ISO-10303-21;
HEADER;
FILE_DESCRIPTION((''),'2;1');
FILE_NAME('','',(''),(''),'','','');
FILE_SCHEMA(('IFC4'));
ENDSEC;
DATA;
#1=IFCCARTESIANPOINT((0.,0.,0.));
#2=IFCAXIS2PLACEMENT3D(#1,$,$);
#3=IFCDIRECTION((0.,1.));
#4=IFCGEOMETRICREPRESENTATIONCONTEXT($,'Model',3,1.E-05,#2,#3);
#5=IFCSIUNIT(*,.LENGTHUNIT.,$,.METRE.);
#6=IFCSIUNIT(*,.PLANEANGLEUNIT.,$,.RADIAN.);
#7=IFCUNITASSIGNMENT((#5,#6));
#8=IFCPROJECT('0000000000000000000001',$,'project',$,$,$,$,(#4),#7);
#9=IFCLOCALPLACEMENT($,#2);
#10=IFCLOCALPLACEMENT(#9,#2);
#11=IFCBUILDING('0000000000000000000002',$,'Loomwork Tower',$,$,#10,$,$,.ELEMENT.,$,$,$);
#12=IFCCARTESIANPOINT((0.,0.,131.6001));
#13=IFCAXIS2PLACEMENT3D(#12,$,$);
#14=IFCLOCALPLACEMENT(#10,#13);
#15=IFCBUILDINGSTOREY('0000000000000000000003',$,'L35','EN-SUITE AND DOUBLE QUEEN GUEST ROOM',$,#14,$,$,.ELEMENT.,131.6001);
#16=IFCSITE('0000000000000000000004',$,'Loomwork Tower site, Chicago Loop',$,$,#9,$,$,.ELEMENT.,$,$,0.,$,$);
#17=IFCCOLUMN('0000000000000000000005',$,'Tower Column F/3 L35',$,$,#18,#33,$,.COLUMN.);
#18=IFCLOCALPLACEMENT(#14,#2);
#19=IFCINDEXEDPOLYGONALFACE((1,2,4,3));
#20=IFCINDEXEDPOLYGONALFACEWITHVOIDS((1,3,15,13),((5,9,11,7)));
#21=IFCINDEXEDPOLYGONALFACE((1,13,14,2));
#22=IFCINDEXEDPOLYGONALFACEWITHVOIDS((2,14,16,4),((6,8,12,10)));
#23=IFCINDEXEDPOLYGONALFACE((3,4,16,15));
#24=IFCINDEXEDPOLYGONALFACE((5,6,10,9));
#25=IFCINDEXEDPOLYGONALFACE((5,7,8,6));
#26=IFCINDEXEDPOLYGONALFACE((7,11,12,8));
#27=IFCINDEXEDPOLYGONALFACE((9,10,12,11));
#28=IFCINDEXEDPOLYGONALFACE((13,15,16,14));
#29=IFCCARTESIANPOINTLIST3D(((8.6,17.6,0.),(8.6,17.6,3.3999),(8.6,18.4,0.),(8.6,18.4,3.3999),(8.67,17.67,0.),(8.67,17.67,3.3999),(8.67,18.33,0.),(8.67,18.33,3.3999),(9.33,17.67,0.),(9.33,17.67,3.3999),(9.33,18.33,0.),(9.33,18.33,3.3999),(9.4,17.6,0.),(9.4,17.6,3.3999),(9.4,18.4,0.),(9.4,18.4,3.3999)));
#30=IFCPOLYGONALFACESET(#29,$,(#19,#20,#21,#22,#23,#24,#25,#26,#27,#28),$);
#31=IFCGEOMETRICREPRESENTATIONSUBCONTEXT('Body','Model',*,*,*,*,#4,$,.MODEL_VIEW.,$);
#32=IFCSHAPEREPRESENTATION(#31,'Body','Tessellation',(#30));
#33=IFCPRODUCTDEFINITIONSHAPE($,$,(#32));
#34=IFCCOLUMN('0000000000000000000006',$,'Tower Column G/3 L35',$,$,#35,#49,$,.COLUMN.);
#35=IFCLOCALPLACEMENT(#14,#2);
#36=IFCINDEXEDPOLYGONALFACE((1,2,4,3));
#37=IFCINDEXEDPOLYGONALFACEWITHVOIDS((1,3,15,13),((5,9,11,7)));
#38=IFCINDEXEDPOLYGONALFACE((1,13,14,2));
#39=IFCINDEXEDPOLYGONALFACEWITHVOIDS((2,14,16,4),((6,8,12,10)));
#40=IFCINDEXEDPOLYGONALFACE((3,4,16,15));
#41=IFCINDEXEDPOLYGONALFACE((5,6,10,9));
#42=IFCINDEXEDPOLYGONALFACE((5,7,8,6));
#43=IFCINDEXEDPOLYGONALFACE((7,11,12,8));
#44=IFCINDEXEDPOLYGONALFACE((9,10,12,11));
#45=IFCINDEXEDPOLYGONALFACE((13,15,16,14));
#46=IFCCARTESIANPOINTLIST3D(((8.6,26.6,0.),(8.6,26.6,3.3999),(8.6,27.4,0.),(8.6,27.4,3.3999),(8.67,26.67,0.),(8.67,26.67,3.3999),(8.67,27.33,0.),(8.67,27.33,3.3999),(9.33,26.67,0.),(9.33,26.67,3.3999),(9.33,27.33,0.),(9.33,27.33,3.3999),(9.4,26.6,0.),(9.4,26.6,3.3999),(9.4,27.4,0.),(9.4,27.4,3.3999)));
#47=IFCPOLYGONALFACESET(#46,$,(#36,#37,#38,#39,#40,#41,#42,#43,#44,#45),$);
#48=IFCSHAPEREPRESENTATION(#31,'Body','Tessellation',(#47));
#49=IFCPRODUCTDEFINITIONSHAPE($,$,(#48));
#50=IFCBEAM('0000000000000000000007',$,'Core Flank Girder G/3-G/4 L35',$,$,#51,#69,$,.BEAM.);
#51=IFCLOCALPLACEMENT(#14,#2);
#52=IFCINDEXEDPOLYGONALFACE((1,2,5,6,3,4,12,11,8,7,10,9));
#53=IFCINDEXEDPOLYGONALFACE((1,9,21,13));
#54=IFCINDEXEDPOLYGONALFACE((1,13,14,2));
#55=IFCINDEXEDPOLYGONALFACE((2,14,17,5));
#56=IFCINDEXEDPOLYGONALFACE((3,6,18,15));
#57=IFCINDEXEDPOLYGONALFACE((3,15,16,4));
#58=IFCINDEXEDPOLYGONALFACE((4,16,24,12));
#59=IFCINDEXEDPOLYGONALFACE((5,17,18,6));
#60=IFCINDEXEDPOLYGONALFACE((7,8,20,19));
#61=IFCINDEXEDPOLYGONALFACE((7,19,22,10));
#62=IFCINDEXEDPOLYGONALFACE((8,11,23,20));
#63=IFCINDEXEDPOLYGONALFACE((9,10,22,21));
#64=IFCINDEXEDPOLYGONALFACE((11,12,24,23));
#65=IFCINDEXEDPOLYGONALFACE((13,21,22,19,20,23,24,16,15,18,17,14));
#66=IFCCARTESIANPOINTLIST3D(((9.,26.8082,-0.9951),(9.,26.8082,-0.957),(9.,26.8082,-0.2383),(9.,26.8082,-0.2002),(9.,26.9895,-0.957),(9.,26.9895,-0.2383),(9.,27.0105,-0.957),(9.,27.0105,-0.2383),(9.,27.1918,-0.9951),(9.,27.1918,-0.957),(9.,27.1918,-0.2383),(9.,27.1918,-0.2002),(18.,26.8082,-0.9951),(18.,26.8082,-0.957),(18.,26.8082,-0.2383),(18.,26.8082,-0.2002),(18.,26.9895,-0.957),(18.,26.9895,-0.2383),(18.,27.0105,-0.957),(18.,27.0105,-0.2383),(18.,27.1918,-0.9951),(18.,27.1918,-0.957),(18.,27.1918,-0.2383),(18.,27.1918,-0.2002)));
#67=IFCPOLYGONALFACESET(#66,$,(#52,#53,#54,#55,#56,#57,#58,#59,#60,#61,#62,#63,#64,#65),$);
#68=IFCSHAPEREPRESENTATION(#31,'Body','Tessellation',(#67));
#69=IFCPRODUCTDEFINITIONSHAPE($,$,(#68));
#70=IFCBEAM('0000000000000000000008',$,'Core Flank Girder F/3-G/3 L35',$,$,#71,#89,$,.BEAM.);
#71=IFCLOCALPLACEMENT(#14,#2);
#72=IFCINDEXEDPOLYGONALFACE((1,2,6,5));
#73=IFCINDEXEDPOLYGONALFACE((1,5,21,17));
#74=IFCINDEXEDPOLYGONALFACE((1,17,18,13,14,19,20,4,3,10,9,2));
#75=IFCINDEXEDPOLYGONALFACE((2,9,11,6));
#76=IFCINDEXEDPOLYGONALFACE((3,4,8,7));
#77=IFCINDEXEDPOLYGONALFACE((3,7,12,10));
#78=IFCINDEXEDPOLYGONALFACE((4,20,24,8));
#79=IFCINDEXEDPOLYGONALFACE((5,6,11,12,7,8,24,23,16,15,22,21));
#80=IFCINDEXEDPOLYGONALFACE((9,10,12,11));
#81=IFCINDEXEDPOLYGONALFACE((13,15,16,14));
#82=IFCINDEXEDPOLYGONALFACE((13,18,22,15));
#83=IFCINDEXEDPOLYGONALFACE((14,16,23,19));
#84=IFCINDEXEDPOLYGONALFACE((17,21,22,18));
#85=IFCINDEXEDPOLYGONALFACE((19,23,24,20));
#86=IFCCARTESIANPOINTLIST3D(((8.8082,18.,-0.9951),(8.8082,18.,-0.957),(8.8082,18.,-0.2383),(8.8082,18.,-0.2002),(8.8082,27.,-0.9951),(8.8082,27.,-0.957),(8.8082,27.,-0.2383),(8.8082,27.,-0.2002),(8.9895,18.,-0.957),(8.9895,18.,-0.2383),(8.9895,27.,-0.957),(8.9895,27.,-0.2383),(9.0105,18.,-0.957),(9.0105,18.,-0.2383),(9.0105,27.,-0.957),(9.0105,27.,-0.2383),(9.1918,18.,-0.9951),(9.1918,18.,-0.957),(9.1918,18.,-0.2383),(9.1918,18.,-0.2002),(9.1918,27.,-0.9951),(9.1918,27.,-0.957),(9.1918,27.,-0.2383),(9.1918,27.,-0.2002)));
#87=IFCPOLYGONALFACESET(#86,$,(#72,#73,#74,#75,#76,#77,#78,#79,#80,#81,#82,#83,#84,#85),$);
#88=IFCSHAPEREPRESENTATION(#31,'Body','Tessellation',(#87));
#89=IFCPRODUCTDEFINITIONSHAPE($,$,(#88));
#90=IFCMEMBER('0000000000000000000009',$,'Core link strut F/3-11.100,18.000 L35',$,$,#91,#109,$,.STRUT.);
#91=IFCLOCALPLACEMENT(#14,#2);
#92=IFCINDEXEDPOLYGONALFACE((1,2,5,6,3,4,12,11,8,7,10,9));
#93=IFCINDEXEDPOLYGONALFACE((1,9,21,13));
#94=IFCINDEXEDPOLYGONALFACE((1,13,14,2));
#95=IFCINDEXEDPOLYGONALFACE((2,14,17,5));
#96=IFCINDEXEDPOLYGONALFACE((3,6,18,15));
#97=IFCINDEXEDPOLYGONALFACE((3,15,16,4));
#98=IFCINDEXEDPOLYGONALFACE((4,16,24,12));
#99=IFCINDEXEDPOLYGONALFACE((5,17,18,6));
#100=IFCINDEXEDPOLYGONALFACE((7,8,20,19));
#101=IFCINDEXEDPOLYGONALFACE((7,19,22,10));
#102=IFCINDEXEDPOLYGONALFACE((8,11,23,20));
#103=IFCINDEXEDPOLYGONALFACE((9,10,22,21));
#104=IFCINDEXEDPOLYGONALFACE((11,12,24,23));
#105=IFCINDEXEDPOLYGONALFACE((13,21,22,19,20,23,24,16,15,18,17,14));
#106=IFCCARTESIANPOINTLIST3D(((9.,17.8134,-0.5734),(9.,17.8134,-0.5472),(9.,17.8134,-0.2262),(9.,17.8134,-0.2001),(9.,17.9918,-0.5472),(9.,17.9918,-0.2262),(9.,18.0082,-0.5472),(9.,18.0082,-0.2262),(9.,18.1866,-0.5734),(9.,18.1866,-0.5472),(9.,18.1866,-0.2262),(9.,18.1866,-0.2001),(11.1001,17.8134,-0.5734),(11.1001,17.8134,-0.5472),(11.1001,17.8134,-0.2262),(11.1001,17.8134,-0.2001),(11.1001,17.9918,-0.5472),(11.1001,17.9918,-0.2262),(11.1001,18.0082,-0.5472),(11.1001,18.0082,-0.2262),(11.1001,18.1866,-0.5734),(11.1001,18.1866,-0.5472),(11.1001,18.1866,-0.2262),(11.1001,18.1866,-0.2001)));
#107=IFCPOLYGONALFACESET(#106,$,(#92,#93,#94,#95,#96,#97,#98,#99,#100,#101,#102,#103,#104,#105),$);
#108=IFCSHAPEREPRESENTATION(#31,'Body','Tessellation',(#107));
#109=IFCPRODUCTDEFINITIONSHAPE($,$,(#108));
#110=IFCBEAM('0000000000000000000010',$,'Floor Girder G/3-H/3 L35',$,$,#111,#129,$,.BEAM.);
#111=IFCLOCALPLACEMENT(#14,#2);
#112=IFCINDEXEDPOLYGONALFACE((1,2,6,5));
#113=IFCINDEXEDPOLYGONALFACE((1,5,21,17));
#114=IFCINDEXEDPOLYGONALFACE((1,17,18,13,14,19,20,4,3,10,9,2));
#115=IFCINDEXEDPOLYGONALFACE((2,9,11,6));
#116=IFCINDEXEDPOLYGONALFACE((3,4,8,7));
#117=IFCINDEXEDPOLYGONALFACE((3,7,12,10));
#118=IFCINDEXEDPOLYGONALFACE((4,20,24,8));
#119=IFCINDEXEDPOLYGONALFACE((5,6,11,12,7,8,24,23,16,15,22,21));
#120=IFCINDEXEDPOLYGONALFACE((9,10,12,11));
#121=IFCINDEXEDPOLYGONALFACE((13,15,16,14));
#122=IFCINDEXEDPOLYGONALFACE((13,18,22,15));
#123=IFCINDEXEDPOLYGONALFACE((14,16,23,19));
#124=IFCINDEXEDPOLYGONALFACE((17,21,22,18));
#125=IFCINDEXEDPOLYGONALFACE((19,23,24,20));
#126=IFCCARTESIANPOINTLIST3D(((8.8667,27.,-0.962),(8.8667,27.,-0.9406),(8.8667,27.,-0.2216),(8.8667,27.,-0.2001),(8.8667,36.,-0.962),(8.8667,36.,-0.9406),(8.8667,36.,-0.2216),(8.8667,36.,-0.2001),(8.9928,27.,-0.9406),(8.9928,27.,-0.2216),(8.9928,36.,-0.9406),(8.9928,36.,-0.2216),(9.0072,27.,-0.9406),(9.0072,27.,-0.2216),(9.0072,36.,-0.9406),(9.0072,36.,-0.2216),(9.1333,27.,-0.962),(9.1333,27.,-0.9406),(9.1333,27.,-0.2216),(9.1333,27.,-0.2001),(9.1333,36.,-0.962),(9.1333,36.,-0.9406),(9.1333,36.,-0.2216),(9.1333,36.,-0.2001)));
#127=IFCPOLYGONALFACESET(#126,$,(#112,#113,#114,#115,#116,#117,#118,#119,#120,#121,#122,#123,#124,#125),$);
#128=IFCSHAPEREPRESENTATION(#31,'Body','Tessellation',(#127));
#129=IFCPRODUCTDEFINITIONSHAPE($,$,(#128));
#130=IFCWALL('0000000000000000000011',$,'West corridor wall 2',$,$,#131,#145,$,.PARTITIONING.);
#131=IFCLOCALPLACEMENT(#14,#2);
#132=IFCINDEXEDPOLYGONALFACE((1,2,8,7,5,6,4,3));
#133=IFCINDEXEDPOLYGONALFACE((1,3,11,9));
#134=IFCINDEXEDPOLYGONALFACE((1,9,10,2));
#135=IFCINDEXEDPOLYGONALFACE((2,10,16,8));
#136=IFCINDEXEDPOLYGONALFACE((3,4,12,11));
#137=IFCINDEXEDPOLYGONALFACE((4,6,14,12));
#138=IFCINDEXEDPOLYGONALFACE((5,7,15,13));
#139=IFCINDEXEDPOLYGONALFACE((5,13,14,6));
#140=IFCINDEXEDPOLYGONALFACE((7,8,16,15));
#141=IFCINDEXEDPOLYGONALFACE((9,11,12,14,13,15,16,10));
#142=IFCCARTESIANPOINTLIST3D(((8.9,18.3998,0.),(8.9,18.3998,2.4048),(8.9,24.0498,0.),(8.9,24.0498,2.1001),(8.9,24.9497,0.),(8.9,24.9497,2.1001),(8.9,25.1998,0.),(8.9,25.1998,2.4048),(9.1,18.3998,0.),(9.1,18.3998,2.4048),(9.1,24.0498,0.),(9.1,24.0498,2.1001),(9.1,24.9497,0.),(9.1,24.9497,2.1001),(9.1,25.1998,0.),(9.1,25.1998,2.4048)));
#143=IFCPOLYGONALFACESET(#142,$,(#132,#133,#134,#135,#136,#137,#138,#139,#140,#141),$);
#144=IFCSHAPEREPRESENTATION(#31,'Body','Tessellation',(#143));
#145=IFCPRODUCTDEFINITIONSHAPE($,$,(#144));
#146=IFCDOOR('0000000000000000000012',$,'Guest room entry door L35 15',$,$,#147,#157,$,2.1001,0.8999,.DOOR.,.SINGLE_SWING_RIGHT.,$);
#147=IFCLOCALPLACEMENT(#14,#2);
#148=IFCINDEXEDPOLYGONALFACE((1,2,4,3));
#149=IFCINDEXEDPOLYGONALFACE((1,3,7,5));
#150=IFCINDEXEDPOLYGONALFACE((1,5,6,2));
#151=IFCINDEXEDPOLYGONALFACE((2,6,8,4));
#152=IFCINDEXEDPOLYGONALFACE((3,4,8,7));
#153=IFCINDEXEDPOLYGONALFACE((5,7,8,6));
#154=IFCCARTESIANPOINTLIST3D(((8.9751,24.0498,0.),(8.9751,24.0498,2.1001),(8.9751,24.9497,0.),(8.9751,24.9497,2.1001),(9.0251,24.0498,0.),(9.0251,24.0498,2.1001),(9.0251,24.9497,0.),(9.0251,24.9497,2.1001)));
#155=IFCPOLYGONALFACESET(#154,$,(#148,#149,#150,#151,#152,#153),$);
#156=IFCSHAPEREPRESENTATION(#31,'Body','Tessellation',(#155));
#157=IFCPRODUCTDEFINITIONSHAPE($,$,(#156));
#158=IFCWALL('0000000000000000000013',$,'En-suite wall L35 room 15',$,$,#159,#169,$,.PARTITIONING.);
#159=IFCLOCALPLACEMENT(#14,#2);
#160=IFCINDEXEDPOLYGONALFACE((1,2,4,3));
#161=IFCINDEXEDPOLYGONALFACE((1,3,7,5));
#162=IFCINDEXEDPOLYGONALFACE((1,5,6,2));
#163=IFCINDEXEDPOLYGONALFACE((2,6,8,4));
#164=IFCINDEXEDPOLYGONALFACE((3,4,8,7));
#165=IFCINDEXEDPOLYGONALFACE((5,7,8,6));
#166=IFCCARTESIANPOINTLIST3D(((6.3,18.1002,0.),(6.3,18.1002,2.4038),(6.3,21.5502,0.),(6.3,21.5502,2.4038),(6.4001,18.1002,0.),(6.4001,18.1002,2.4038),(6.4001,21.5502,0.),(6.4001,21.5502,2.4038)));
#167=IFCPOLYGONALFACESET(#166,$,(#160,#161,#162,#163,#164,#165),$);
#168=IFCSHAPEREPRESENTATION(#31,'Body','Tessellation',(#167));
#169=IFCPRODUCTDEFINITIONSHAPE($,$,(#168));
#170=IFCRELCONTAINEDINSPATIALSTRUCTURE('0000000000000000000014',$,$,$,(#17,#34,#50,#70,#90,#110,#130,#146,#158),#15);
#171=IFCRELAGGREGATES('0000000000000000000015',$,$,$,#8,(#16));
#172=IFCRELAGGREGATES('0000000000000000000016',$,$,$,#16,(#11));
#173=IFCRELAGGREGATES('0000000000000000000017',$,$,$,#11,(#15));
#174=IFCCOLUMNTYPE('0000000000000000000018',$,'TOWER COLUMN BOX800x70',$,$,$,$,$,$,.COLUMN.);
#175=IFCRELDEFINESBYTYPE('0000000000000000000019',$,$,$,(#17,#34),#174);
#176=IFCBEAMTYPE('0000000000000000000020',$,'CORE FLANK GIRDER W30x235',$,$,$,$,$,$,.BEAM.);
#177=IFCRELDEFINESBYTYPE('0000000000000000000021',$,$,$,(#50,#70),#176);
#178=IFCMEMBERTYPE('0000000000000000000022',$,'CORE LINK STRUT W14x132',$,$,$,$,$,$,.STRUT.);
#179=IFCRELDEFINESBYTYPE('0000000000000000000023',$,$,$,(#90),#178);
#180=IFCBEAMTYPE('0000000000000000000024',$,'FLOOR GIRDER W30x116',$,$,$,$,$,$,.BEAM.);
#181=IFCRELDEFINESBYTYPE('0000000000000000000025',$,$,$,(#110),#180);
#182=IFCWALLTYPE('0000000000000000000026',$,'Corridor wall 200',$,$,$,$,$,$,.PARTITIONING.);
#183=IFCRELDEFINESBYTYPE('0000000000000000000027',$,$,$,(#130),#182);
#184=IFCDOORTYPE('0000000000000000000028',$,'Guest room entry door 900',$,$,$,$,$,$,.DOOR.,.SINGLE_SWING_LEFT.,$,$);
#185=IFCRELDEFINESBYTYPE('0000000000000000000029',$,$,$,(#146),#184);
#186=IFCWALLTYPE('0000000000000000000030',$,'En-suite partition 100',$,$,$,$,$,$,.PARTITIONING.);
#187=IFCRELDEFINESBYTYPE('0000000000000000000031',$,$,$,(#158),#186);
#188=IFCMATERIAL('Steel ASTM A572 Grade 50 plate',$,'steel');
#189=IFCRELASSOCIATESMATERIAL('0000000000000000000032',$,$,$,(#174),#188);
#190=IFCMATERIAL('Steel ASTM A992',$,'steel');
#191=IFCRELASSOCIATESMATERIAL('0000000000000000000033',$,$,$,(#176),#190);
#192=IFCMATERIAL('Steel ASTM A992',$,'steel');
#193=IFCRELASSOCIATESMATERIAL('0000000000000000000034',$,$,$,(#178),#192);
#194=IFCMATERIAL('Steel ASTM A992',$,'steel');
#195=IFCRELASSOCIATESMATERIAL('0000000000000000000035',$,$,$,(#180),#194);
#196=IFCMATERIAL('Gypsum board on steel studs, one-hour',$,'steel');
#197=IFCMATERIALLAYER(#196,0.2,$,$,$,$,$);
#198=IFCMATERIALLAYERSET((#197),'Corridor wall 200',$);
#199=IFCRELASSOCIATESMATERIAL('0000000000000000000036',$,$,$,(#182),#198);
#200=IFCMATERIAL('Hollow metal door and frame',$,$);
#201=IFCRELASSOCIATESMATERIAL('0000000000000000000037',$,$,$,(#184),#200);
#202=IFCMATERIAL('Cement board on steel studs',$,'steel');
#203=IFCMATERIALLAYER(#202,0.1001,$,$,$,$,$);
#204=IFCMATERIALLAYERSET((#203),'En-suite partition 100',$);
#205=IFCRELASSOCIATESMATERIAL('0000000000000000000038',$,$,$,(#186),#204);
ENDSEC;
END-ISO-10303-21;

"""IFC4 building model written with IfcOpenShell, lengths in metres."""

from ifc_helpers import new_model, si_unit, direction, frame, frame_2d, origin, origin_2d, place, context, subcontext, project, spatial, rectangle, hollow_rectangle, i_section, extrude, material, layer, layer_set, material_profile, profile_set, type_object, element, fill, save


model = new_model("IFC4")

# Units and contexts
model_context = context("Model", 3, precision=1e-05, world=origin(), true_north=direction((0.0, 1.0)))
body_context = subcontext(model_context, "Body", "Model", "MODEL_VIEW")
ifc_project = project(units=[si_unit("LENGTHUNIT", "METRE"), si_unit("PLANEANGLEUNIT", "RADIAN")], contexts=[model_context])

# Site, building, storey
site_placement = place(None, origin())
site = spatial("IfcSite", under=ifc_project, at=site_placement, Name="Loomwork Tower site, Chicago Loop", CompositionType="ELEMENT", RefElevation=0.0)
building_placement = place(site_placement, origin())
building = spatial("IfcBuilding", under=site, at=building_placement, Name="Loomwork Tower", CompositionType="ELEMENT")
storey_placement = place(building_placement, frame((0.0, 0.0, 131.6001)))
storey = spatial("IfcBuildingStorey", under=building, at=storey_placement, Name="L35", Description="EN-SUITE AND DOUBLE QUEEN GUEST ROOM", CompositionType="ELEMENT", Elevation=131.6001)

# Columns
ifc_material_1 = material(Name="Steel ASTM A572 Grade 50 plate", Category="steel")
ifc_material_profile_1 = material_profile(ifc_material_1, hollow_rectangle(XDim=0.8, YDim=0.8, WallThickness=0.0701, at=origin_2d()), Name="BOX800x70")
ifc_profile_set_1 = profile_set([ifc_material_profile_1], Name="Steel ASTM A572 Grade 50 plate")
column_type = type_object("IfcColumnType", Name="TOWER COLUMN BOX800x70", PredefinedType="COLUMN", material=ifc_profile_set_1)
for number, where, z_axis, x_axis, name in (
    (1, (9.0, 18.0, 0.0), (0.0, 0.0, 1.0), (1.0, 0.0, 0.0), "Tower Column F/3 L35"),
    (2, (9.0, 27.0, 0.0), (0.0, 0.0, 1.0), (1.0, 0.0, 0.0), "Tower Column G/3 L35"),
):
    element("IfcColumn", number, at=place(storey_placement, frame(where, z_axis=z_axis, x_axis=x_axis)), inside=storey, type_object=column_type, Name=name, PredefinedType="COLUMN", context=body_context, shape_type="SweptSolid", body=[
        extrude(hollow_rectangle(XDim=0.8, YDim=0.8, WallThickness=0.0701, at=origin_2d()), origin(), (0.0, 0.0, 1.0), 3.3999),
    ])

# Beams
ifc_material_2 = material(Name="Steel ASTM A992", Category="steel")
ifc_material_profile_2 = material_profile(ifc_material_2, i_section(OverallWidth=0.3835, OverallDepth=0.7949, WebThickness=0.021, FlangeThickness=0.0381, at=origin_2d()), Name="W30x235")
ifc_profile_set_2 = profile_set([ifc_material_profile_2], Name="Steel ASTM A992")
beam_type_1 = type_object("IfcBeamType", Name="CORE FLANK GIRDER W30x235", PredefinedType="BEAM", material=ifc_profile_set_2)
for number, where, z_axis, x_axis, name in (
    (3, (9.0, 27.0, -0.5977), (1.0, 0.0, 0.0), (0.0, 1.0, 0.0), "Core Flank Girder G/3-G/4 L35"),
    (4, (9.0, 18.0, -0.5977), (0.0, 1.0, 0.0), (-1.0, 0.0, 0.0), "Core Flank Girder F/3-G/3 L35"),
):
    element("IfcBeam", number, at=place(storey_placement, frame(where, z_axis=z_axis, x_axis=x_axis)), inside=storey, type_object=beam_type_1, Name=name, PredefinedType="BEAM", context=body_context, shape_type="SweptSolid", body=[
        extrude(i_section(OverallWidth=0.3835, OverallDepth=0.7949, WebThickness=0.021, FlangeThickness=0.0381, at=origin_2d()), origin(), (0.0, 0.0, 1.0), 9.0),
    ])

# Member
ifc_material_3 = material(Name="Steel ASTM A992", Category="steel")
ifc_material_profile_3 = material_profile(ifc_material_3, i_section(OverallWidth=0.3733, OverallDepth=0.3733, WebThickness=0.0164, FlangeThickness=0.0261, at=origin_2d()), Name="W14x132")
ifc_profile_set_3 = profile_set([ifc_material_profile_3], Name="Steel ASTM A992")
member_type = type_object("IfcMemberType", Name="CORE LINK STRUT W14x132", PredefinedType="STRUT", material=ifc_profile_set_3)
member_placement = place(storey_placement, frame((9.0, 18.0, -0.3867), z_axis=(1.0, 0.0, 0.0), x_axis=(0.0, 1.0, 0.0)))
element("IfcMember", 5, at=member_placement, inside=storey, type_object=member_type, Name="Core link strut F/3-11.100,18.000 L35", PredefinedType="STRUT", context=body_context, shape_type="SweptSolid", body=[
    extrude(i_section(OverallWidth=0.3733, OverallDepth=0.3733, WebThickness=0.0164, FlangeThickness=0.0261, at=origin_2d()), origin(), (0.0, 0.0, 1.0), 2.1001),
])

# Beam
ifc_material_4 = material(Name="Steel ASTM A992", Category="steel")
ifc_material_profile_4 = material_profile(ifc_material_4, i_section(OverallWidth=0.2666, OverallDepth=0.762, WebThickness=0.0144, FlangeThickness=0.0215, at=origin_2d()), Name="W30x116")
ifc_profile_set_4 = profile_set([ifc_material_profile_4], Name="Steel ASTM A992")
beam_type_2 = type_object("IfcBeamType", Name="FLOOR GIRDER W30x116", PredefinedType="BEAM", material=ifc_profile_set_4)
beam_placement = place(storey_placement, frame((9.0, 27.0, -0.5811), z_axis=(0.0, 1.0, 0.0), x_axis=(-1.0, 0.0, 0.0)))
element("IfcBeam", 6, at=beam_placement, inside=storey, type_object=beam_type_2, Name="Floor Girder G/3-H/3 L35", PredefinedType="BEAM", context=body_context, shape_type="SweptSolid", body=[
    extrude(i_section(OverallWidth=0.2666, OverallDepth=0.762, WebThickness=0.0144, FlangeThickness=0.0215, at=origin_2d()), origin(), (0.0, 0.0, 1.0), 9.0),
])

# Wall, opening, door
ifc_material_5 = material(Name="Gypsum board on steel studs, one-hour", Category="steel")
ifc_layer_1 = layer(ifc_material_5, 0.2)
ifc_layer_set_1 = layer_set([ifc_layer_1], Name="Corridor wall 200")
wall_type_1 = type_object("IfcWallType", Name="Corridor wall 200", PredefinedType="PARTITIONING", material=ifc_layer_set_1)
wall_1_placement = place(storey_placement, frame((9.0, 18.3999, 0.0), z_axis=(0.0, 0.0, 1.0), x_axis=(0.0, 1.0, 0.0)))
wall_1 = element("IfcWall", 7, at=wall_1_placement, inside=storey, type_object=wall_type_1, Name="West corridor wall 2", PredefinedType="PARTITIONING", context=body_context, shape_type="SweptSolid", body=[
    extrude(rectangle(XDim=6.8, YDim=0.2, at=frame_2d((3.3999, 0.0))), origin(), (0.0, 0.0, 1.0), 2.4048),
])
opening_1_placement = place(wall_1_placement, frame((5.6499, 0.0, 0.0)))
opening_1 = element("IfcOpeningElement", 8, at=opening_1_placement, cuts=wall_1, PredefinedType="OPENING", context=body_context, shape_type="SweptSolid", body=[
    extrude(rectangle(XDim=0.8999, YDim=2.1001, at=frame_2d((0.45, 1.05))), frame((0.0, 0.1099, 0.0), z_axis=(0.0, -1.0, 0.0), x_axis=(1.0, 0.0, 0.0)), (0.0, 0.0, 1.0), 0.22),
])
ifc_material_6 = material(Name="Hollow metal door and frame")
door_type_1 = type_object("IfcDoorType", Name="Guest room entry door 900", OperationType="SINGLE_SWING_LEFT", PredefinedType="DOOR", material=ifc_material_6)
door_1_placement = place(opening_1_placement, origin())
door_1 = element("IfcDoor", 9, at=door_1_placement, inside=storey, type_object=door_type_1, Name="Guest room entry door L35 15", OperationType="SINGLE_SWING_RIGHT", OverallHeight=2.1001, OverallWidth=0.8999, PredefinedType="DOOR", context=body_context, shape_type="SweptSolid", body=[
    extrude(rectangle(XDim=0.8999, YDim=2.1001, at=frame_2d((0.45, 1.05))), frame((0.0, 0.0249, 0.0), z_axis=(0.0, -1.0, 0.0), x_axis=(1.0, 0.0, 0.0)), (0.0, 0.0, 1.0), 0.05),
])
fill(opening_1, door_1)

# Wall
ifc_material_7 = material(Name="Cement board on steel studs", Category="steel")
ifc_layer_2 = layer(ifc_material_7, 0.1001)
ifc_layer_set_2 = layer_set([ifc_layer_2], Name="En-suite partition 100")
wall_type_2 = type_object("IfcWallType", Name="En-suite partition 100", PredefinedType="PARTITIONING", material=ifc_layer_set_2)
wall_2_placement = place(storey_placement, frame((6.3501, 18.1001, 0.0), z_axis=(0.0, 0.0, 1.0), x_axis=(0.0, 1.0, 0.0)))
element("IfcWall", 10, at=wall_2_placement, inside=storey, type_object=wall_type_2, Name="En-suite wall L35 room 15", PredefinedType="PARTITIONING", context=body_context, shape_type="SweptSolid", body=[
    extrude(rectangle(XDim=3.45, YDim=0.1001, at=frame_2d((1.7251, 0.0))), origin(), (0.0, 0.0, 1.0), 2.4038),
])

save(model, "model.ifc")
